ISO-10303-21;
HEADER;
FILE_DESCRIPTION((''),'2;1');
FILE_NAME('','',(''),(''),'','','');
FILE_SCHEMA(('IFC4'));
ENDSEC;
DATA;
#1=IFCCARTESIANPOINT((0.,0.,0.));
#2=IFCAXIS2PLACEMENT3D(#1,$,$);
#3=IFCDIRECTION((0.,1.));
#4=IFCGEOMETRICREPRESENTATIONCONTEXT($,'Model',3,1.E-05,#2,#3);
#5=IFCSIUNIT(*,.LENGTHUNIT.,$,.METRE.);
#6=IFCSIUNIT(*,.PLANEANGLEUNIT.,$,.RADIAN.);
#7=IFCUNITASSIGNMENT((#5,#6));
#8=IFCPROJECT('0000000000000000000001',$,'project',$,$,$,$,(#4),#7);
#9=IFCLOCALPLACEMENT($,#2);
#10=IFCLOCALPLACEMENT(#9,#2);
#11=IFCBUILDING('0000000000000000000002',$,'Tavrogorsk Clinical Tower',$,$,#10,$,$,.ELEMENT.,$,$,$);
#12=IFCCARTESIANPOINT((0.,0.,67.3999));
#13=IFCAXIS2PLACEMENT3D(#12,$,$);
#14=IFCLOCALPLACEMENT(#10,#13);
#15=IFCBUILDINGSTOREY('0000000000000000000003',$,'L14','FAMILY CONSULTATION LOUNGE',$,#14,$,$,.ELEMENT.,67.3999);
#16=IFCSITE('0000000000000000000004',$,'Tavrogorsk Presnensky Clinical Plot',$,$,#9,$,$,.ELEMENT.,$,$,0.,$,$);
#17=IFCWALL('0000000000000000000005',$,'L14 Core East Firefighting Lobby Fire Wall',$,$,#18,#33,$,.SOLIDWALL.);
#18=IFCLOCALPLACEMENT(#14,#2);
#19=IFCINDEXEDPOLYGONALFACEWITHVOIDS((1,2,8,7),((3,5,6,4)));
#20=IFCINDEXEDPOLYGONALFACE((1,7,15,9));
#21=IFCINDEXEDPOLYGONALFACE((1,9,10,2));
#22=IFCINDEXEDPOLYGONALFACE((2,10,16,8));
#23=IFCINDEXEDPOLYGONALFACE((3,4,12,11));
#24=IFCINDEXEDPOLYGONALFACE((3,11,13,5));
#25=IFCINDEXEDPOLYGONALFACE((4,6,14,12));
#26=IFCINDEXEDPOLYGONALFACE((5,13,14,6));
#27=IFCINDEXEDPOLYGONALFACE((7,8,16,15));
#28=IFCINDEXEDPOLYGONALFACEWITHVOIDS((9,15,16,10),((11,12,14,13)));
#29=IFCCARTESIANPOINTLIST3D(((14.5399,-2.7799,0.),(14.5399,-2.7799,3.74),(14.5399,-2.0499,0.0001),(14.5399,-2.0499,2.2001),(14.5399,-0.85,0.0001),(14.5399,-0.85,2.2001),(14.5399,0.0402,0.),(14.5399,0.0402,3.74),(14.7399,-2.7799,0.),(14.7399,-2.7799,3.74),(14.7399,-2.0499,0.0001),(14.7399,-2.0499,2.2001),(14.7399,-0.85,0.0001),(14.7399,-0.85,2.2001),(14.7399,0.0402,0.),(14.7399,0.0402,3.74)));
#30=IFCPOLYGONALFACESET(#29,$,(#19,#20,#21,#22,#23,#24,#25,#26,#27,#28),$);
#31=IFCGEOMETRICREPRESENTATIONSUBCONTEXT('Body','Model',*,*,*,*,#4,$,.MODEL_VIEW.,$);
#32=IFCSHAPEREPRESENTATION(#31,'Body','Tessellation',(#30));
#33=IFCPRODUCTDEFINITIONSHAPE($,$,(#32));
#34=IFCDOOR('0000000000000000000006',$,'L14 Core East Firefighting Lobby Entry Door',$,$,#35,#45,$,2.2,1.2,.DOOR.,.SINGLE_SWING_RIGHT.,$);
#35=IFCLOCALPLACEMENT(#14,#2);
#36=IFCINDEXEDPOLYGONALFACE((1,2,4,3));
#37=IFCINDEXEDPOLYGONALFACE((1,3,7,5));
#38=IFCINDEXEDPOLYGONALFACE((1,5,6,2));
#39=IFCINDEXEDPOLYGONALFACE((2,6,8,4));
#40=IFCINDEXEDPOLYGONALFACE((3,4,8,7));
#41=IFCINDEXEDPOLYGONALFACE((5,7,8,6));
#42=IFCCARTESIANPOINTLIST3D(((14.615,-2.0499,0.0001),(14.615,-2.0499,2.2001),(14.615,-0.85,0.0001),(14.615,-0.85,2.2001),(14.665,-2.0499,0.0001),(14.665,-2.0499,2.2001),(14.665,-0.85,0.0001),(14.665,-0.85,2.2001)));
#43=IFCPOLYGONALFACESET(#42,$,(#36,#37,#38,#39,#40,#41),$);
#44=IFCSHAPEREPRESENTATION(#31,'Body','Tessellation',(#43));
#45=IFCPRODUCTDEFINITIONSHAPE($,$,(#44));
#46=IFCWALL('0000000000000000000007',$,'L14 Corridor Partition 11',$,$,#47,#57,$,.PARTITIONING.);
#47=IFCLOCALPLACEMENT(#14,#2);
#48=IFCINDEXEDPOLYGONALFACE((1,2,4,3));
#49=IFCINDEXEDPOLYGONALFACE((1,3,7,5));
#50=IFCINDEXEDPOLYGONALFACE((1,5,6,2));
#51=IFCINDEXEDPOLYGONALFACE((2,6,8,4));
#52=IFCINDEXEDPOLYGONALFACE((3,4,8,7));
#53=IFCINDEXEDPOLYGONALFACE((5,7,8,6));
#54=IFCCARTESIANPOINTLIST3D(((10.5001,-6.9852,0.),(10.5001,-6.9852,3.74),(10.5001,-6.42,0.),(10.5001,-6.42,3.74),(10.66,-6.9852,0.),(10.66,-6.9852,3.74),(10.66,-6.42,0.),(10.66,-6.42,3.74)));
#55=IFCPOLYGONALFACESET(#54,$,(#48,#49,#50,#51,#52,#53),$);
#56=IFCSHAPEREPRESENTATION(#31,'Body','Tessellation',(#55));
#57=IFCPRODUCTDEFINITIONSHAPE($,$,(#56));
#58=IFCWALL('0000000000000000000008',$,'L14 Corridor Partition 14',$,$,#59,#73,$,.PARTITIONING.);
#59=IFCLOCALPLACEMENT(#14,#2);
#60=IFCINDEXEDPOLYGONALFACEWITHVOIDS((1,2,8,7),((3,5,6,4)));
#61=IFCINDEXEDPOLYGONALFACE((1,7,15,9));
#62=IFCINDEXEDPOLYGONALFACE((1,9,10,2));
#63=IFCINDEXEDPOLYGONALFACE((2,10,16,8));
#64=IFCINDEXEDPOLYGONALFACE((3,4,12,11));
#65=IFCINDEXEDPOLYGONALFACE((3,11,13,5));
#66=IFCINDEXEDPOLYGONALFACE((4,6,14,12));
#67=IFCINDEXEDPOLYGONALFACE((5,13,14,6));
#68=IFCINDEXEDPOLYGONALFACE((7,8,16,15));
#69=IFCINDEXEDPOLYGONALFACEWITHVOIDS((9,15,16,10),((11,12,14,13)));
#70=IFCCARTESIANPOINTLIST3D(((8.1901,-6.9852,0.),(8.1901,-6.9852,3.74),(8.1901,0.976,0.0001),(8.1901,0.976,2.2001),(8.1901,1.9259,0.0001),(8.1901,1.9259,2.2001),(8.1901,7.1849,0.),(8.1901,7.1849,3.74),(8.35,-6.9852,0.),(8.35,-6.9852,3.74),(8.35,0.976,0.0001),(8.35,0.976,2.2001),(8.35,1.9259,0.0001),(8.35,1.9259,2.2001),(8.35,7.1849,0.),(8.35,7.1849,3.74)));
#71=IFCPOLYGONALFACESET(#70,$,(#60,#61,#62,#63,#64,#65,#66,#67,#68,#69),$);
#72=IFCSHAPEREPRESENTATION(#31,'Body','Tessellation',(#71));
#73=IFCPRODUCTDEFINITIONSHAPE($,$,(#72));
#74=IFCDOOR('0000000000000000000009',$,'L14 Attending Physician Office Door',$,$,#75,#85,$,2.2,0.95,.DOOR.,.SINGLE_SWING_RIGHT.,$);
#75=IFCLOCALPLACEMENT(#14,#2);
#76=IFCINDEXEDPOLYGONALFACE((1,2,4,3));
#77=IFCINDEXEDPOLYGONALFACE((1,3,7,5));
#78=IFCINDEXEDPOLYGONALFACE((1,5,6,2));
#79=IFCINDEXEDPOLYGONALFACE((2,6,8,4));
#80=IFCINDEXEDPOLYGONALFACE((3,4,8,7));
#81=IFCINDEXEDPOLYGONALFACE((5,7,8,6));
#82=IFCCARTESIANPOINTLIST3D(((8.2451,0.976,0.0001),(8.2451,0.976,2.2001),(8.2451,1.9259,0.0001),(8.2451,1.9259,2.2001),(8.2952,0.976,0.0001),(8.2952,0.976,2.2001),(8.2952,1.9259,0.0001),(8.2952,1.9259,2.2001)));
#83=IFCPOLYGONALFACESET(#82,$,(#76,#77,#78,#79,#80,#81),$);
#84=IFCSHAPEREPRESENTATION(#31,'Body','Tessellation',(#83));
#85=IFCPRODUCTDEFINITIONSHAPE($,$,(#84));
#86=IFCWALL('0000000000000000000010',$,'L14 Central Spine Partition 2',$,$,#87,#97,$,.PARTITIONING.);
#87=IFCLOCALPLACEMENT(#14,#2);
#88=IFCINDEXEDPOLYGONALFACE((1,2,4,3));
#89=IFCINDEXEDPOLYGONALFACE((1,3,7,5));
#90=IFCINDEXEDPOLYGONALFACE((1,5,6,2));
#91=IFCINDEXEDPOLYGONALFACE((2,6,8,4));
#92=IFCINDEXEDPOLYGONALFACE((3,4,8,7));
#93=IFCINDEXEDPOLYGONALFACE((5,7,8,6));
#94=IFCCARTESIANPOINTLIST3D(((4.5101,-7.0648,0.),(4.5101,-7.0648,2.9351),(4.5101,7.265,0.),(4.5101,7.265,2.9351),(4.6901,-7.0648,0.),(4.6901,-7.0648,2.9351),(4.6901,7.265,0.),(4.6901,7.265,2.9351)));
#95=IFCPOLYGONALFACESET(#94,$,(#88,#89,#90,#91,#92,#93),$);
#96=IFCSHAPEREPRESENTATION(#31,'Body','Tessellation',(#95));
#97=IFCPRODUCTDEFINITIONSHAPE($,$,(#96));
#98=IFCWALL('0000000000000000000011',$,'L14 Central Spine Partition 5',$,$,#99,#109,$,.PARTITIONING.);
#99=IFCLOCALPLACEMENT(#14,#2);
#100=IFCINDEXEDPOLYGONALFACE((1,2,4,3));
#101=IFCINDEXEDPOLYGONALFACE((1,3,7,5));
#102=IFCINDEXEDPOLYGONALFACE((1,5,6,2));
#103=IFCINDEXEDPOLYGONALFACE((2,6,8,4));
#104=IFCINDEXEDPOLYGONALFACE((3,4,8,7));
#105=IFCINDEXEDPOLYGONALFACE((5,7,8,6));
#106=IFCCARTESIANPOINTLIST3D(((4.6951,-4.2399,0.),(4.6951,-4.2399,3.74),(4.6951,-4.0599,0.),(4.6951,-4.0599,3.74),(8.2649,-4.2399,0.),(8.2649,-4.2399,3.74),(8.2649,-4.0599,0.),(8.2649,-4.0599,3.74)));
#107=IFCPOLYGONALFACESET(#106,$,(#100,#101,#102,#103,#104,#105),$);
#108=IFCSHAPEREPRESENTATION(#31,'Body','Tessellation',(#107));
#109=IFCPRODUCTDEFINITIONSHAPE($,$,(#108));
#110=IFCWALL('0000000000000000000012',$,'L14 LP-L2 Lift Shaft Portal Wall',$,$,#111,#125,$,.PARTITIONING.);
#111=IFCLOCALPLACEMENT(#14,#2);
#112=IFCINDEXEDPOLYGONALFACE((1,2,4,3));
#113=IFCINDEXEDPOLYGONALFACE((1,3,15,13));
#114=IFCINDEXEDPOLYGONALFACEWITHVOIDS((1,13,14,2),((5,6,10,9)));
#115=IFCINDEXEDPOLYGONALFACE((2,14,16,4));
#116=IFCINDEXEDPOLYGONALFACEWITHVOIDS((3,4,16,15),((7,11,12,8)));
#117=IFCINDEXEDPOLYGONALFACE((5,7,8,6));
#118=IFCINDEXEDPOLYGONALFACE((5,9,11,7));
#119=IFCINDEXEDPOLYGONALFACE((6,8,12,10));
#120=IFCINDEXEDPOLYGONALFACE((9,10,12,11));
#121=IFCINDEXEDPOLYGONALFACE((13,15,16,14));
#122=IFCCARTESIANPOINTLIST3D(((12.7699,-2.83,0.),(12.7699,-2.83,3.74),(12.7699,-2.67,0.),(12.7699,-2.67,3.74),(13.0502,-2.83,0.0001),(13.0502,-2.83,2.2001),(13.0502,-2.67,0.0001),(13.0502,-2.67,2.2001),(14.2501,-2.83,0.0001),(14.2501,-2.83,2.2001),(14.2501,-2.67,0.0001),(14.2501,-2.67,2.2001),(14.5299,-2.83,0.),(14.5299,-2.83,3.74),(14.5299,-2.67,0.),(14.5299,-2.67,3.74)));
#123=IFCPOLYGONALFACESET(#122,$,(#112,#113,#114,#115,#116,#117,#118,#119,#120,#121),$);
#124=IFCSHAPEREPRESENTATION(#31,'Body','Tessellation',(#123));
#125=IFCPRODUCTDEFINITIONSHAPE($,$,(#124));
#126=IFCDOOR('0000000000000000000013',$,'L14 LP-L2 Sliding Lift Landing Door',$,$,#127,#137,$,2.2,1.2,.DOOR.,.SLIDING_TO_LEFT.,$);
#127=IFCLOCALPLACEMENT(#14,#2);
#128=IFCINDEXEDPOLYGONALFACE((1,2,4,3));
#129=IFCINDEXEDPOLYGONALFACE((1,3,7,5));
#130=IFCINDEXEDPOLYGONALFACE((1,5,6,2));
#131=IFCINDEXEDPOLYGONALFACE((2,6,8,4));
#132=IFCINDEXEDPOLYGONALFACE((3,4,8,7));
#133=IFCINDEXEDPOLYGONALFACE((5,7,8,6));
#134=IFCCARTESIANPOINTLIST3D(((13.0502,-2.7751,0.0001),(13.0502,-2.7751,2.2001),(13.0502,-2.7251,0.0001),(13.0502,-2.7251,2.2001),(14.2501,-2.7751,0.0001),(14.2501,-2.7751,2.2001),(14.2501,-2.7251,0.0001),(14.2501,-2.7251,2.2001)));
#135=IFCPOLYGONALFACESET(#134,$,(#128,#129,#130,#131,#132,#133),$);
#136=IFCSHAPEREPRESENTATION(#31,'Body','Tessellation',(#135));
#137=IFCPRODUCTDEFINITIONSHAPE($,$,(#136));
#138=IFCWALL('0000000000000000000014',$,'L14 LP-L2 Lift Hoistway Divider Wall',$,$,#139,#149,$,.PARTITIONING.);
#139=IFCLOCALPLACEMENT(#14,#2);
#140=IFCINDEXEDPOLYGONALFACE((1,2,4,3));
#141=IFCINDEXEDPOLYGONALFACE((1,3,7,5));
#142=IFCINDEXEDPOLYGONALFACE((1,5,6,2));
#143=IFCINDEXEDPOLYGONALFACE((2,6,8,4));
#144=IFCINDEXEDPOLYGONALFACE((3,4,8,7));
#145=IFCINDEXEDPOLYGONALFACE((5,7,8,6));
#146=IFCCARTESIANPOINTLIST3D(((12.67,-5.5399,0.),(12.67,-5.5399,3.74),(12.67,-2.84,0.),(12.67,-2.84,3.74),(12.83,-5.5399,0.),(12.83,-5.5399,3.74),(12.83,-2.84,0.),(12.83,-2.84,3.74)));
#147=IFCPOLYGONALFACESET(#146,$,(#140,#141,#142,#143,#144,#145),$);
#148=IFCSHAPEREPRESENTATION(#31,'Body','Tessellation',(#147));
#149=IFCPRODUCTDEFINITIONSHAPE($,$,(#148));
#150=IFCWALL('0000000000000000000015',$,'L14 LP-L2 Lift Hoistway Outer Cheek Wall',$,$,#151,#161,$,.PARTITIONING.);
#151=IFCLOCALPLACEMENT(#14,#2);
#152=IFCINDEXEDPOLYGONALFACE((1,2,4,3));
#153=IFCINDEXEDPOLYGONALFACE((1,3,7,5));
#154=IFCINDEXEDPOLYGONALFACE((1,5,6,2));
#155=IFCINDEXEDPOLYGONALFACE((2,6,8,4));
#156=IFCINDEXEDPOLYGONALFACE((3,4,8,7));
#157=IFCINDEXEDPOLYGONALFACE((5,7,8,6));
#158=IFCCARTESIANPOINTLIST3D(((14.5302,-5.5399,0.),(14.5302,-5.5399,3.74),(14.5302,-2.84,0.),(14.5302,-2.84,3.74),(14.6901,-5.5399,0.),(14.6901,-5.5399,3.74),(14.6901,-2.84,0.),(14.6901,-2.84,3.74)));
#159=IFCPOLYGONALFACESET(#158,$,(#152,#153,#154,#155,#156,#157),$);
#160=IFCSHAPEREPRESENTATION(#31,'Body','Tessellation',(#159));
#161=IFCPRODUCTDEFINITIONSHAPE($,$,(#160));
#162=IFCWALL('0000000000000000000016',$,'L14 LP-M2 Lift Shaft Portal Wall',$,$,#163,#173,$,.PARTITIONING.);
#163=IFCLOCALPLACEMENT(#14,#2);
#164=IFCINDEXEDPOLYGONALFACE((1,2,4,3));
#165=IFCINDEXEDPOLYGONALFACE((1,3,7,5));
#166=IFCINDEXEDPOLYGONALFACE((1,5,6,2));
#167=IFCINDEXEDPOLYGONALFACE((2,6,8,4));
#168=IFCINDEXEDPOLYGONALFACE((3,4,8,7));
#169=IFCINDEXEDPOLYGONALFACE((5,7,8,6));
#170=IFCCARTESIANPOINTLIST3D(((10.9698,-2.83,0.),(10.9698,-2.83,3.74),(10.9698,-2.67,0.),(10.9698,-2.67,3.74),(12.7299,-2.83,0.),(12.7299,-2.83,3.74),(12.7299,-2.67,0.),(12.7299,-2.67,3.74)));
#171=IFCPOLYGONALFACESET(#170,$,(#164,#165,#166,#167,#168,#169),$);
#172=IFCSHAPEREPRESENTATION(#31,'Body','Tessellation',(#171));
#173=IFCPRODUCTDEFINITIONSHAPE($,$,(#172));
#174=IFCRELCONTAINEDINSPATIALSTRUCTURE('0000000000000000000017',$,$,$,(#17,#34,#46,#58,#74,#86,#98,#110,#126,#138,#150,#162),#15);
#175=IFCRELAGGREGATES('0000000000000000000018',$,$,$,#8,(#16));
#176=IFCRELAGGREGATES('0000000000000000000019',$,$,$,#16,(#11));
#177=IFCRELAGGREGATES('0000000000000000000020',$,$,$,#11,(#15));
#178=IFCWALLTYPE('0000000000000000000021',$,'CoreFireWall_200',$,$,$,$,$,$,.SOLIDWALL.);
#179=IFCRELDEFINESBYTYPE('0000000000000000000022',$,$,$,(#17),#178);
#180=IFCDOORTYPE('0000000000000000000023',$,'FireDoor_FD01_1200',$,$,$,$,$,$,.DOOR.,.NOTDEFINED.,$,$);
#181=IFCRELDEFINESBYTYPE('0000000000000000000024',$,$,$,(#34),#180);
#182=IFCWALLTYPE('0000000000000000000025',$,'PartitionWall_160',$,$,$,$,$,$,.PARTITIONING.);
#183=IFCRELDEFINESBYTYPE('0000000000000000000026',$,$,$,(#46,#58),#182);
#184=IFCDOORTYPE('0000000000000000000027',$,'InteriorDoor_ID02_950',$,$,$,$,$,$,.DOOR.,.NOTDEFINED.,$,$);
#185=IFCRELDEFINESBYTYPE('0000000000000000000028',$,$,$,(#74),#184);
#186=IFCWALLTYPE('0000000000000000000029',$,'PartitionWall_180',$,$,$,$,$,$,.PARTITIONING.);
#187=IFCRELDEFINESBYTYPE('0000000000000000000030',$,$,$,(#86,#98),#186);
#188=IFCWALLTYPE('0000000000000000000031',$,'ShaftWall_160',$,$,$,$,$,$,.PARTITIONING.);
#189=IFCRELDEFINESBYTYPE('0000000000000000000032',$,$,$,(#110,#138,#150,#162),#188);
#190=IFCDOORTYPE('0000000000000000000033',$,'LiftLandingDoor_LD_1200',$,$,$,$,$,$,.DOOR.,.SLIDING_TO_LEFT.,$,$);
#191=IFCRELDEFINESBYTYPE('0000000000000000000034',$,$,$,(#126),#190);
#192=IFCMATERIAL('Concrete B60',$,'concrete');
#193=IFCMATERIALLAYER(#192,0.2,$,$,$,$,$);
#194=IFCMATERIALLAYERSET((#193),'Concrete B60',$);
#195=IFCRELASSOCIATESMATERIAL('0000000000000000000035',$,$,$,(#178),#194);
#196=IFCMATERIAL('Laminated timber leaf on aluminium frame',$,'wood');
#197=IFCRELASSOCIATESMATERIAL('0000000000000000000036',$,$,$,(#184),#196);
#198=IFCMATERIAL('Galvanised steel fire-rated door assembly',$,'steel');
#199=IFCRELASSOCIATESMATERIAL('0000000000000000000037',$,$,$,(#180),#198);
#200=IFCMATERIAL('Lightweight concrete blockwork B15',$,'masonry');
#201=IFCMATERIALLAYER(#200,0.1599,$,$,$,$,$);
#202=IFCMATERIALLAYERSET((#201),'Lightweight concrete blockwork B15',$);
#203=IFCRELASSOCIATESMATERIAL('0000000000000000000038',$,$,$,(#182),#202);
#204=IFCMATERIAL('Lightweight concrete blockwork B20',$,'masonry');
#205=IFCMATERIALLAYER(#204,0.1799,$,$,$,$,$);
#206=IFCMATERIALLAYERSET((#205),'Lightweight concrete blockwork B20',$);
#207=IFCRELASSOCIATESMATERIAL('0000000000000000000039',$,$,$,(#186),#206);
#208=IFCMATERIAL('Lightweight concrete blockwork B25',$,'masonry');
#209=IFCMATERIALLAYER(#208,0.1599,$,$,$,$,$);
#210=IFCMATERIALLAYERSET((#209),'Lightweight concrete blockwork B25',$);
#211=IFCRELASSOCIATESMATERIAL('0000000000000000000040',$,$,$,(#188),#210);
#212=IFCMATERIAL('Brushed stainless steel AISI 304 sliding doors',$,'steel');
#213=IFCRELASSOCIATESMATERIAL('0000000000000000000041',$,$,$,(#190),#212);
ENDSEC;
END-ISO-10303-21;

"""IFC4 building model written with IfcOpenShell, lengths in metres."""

from ifc_helpers import new_model, si_unit, direction, frame, frame_2d, origin, place, context, subcontext, project, spatial, rectangle, extrude, material, layer, layer_set, type_object, element, fill, save


model = new_model("IFC4")

# Units and contexts
model_context = context("Model", 3, precision=1e-05, world=origin(), true_north=direction((0.0, 1.0)))
body_context = subcontext(model_context, "Body", "Model", "MODEL_VIEW")
ifc_project = project(units=[si_unit("LENGTHUNIT", "METRE"), si_unit("PLANEANGLEUNIT", "RADIAN")], contexts=[model_context])

# Site, building, storey
site_placement = place(None, origin())
site = spatial("IfcSite", under=ifc_project, at=site_placement, Name="Tavrogorsk Presnensky Clinical Plot", CompositionType="ELEMENT", RefElevation=0.0)
building_placement = place(site_placement, origin())
building = spatial("IfcBuilding", under=site, at=building_placement, Name="Tavrogorsk Clinical Tower", CompositionType="ELEMENT")
storey_placement = place(building_placement, frame((0.0, 0.0, 67.3999)))
storey = spatial("IfcBuildingStorey", under=building, at=storey_placement, Name="L14", Description="FAMILY CONSULTATION LOUNGE", CompositionType="ELEMENT", Elevation=67.3999)

# Wall, opening, door
ifc_material_1 = material(Name="Concrete B60", Category="concrete")
ifc_layer_1 = layer(ifc_material_1, 0.2)
ifc_layer_set_1 = layer_set([ifc_layer_1], Name="Concrete B60")
wall_type_1 = type_object("IfcWallType", Name="CoreFireWall_200", PredefinedType="SOLIDWALL", material=ifc_layer_set_1)
ifc_material_2 = material(Name="Laminated timber leaf on aluminium frame", Category="wood")
door_type_1 = type_object("IfcDoorType", Name="InteriorDoor_ID02_950", OperationType="NOTDEFINED", PredefinedType="DOOR", material=ifc_material_2)
wall_1_placement = place(storey_placement, frame((14.6399, -2.78, 0.0), z_axis=(0.0, 0.0, 1.0), x_axis=(0.0, 1.0, 0.0)))
wall_1 = element("IfcWall", 1, at=wall_1_placement, inside=storey, type_object=wall_type_1, Name="L14 Core East Firefighting Lobby Fire Wall", PredefinedType="SOLIDWALL", context=body_context, shape_type="SweptSolid", body=[
    extrude(rectangle(XDim=2.8201, YDim=0.2, at=frame_2d((1.4102, 0.0))), origin(), (0.0, 0.0, 1.0), 3.74),
])
opening_1_placement = place(wall_1_placement, frame((0.73, 0.0, 0.0)))
opening_1 = element("IfcOpeningElement", 2, at=opening_1_placement, cuts=wall_1, PredefinedType="OPENING", context=body_context, shape_type="SweptSolid", body=[
    extrude(rectangle(XDim=1.2, YDim=2.2, at=frame_2d((0.6001, 1.1001))), frame((0.0, 0.1099, 0.0), z_axis=(0.0, -1.0, 0.0), x_axis=(1.0, 0.0, 0.0)), (0.0, 0.0, 1.0), 0.22),
])
ifc_material_3 = material(Name="Galvanised steel fire-rated door assembly", Category="steel")
door_type_2 = type_object("IfcDoorType", Name="FireDoor_FD01_1200", OperationType="NOTDEFINED", PredefinedType="DOOR", material=ifc_material_3)
door_1_placement = place(opening_1_placement, origin())
door_1 = element("IfcDoor", 3, at=door_1_placement, inside=storey, type_object=door_type_2, Name="L14 Core East Firefighting Lobby Entry Door", OperationType="SINGLE_SWING_RIGHT", OverallHeight=2.2, OverallWidth=1.2, PredefinedType="DOOR", context=body_context, shape_type="SweptSolid", body=[
    extrude(rectangle(XDim=1.2, YDim=2.2, at=frame_2d((0.6001, 1.1001))), frame((0.0, 0.0249, 0.0), z_axis=(0.0, -1.0, 0.0), x_axis=(1.0, 0.0, 0.0)), (0.0, 0.0, 1.0), 0.05),
])
fill(opening_1, door_1)

# Wall
ifc_material_4 = material(Name="Lightweight concrete blockwork B15", Category="masonry")
ifc_layer_2 = layer(ifc_material_4, 0.1599)
ifc_layer_set_2 = layer_set([ifc_layer_2], Name="Lightweight concrete blockwork B15")
wall_type_2 = type_object("IfcWallType", Name="PartitionWall_160", PredefinedType="PARTITIONING", material=ifc_layer_set_2)
wall_2_placement = place(storey_placement, frame((10.5801, -6.4199, 0.0), z_axis=(0.0, 0.0, 1.0), x_axis=(0.0, -1.0, 0.0)))
element("IfcWall", 4, at=wall_2_placement, inside=storey, type_object=wall_type_2, Name="L14 Corridor Partition 11", PredefinedType="PARTITIONING", context=body_context, shape_type="SweptSolid", body=[
    extrude(rectangle(XDim=0.5652, YDim=0.1599, at=frame_2d((0.2827, 0.0))), origin(), (0.0, 0.0, 1.0), 3.74),
])

# Wall, opening, door
wall_3_placement = place(storey_placement, frame((8.27, -6.9851, 0.0), z_axis=(0.0, 0.0, 1.0), x_axis=(0.0, 1.0, 0.0)))
wall_3 = element("IfcWall", 5, at=wall_3_placement, inside=storey, type_object=wall_type_2, Name="L14 Corridor Partition 14", PredefinedType="PARTITIONING", context=body_context, shape_type="SweptSolid", body=[
    extrude(rectangle(XDim=14.1702, YDim=0.1599, at=frame_2d((7.085, 0.0))), origin(), (0.0, 0.0, 1.0), 3.74),
])
opening_2_placement = place(wall_3_placement, frame((7.9609, 0.0, 0.0)))
opening_2 = element("IfcOpeningElement", 6, at=opening_2_placement, cuts=wall_3, PredefinedType="OPENING", context=body_context, shape_type="SweptSolid", body=[
    extrude(rectangle(XDim=0.95, YDim=2.2, at=frame_2d((0.4751, 1.1001))), frame((0.0, 0.0898, 0.0), z_axis=(0.0, -1.0, 0.0), x_axis=(1.0, 0.0, 0.0)), (0.0, 0.0, 1.0), 0.1799),
])
door_2_placement = place(opening_2_placement, origin())
door_2 = element("IfcDoor", 7, at=door_2_placement, inside=storey, type_object=door_type_1, Name="L14 Attending Physician Office Door", OperationType="SINGLE_SWING_RIGHT", OverallHeight=2.2, OverallWidth=0.95, PredefinedType="DOOR", context=body_context, shape_type="SweptSolid", body=[
    extrude(rectangle(XDim=0.95, YDim=2.2, at=frame_2d((0.4751, 1.1001))), frame((0.0, 0.0249, 0.0), z_axis=(0.0, -1.0, 0.0), x_axis=(1.0, 0.0, 0.0)), (0.0, 0.0, 1.0), 0.05),
])
fill(opening_2, door_2)

# Walls
ifc_material_5 = material(Name="Lightweight concrete blockwork B20", Category="masonry")
ifc_layer_3 = layer(ifc_material_5, 0.1799)
ifc_layer_set_3 = layer_set([ifc_layer_3], Name="Lightweight concrete blockwork B20")
wall_type_3 = type_object("IfcWallType", Name="PartitionWall_180", PredefinedType="PARTITIONING", material=ifc_layer_set_3)
wall_4_placement = place(storey_placement, frame((4.6001, -7.0649, 0.0), z_axis=(0.0, 0.0, 1.0), x_axis=(0.0, 1.0, 0.0)))
element("IfcWall", 8, at=wall_4_placement, inside=storey, type_object=wall_type_3, Name="L14 Central Spine Partition 2", PredefinedType="PARTITIONING", context=body_context, shape_type="SweptSolid", body=[
    extrude(rectangle(XDim=14.3298, YDim=0.1799, at=frame_2d((7.165, 0.0))), origin(), (0.0, 0.0, 1.0), 2.9351),
])
wall_5_placement = place(storey_placement, frame((4.6951, -4.1499, 0.0), z_axis=(0.0, 0.0, 1.0), x_axis=(1.0, 0.0, 0.0)))
element("IfcWall", 9, at=wall_5_placement, inside=storey, type_object=wall_type_3, Name="L14 Central Spine Partition 5", PredefinedType="PARTITIONING", context=body_context, shape_type="SweptSolid", body=[
    extrude(rectangle(XDim=3.5698, YDim=0.1799, at=frame_2d((1.7849, 0.0))), origin(), (0.0, 0.0, 1.0), 3.74),
])

# Wall, opening, door
ifc_material_6 = material(Name="Lightweight concrete blockwork B25", Category="masonry")
ifc_layer_4 = layer(ifc_material_6, 0.1599)
ifc_layer_set_4 = layer_set([ifc_layer_4], Name="Lightweight concrete blockwork B25")
wall_type_4 = type_object("IfcWallType", Name="ShaftWall_160", PredefinedType="PARTITIONING", material=ifc_layer_set_4)
wall_6_placement = place(storey_placement, frame((12.77, -2.75, 0.0), z_axis=(0.0, 0.0, 1.0), x_axis=(1.0, 0.0, 0.0)))
wall_6 = element("IfcWall", 10, at=wall_6_placement, inside=storey, type_object=wall_type_4, Name="L14 LP-L2 Lift Shaft Portal Wall", PredefinedType="PARTITIONING", context=body_context, shape_type="SweptSolid", body=[
    extrude(rectangle(XDim=1.76, YDim=0.1599, at=frame_2d((0.8799, 0.0))), origin(), (0.0, 0.0, 1.0), 3.74),
])
opening_3_placement = place(wall_6_placement, frame((0.28, 0.0, 0.0)))
opening_3 = element("IfcOpeningElement", 11, at=opening_3_placement, cuts=wall_6, PredefinedType="OPENING", context=body_context, shape_type="SweptSolid", body=[
    extrude(rectangle(XDim=1.2, YDim=2.2, at=frame_2d((0.6001, 1.1001))), frame((0.0, 0.0898, 0.0), z_axis=(0.0, -1.0, 0.0), x_axis=(1.0, 0.0, 0.0)), (0.0, 0.0, 1.0), 0.1799),
])
ifc_material_7 = material(Name="Brushed stainless steel AISI 304 sliding doors", Category="steel")
door_type_3 = type_object("IfcDoorType", Name="LiftLandingDoor_LD_1200", OperationType="SLIDING_TO_LEFT", PredefinedType="DOOR", material=ifc_material_7)
door_3_placement = place(opening_3_placement, origin())
door_3 = element("IfcDoor", 12, at=door_3_placement, inside=storey, type_object=door_type_3, Name="L14 LP-L2 Sliding Lift Landing Door", OperationType="SLIDING_TO_LEFT", OverallHeight=2.2, OverallWidth=1.2, PredefinedType="DOOR", context=body_context, shape_type="SweptSolid", body=[
    extrude(rectangle(XDim=1.2, YDim=2.2, at=frame_2d((0.6001, 1.1001))), frame((0.0, 0.0249, 0.0), z_axis=(0.0, -1.0, 0.0), x_axis=(1.0, 0.0, 0.0)), (0.0, 0.0, 1.0), 0.05),
])
fill(opening_3, door_3)

# Walls
for number, where, z_axis, x_axis, name in (
    (13, (12.75, -5.54, 0.0), (0.0, 0.0, 1.0), (0.0, 1.0, 0.0), "L14 LP-L2 Lift Hoistway Divider Wall"),
    (14, (14.6101, -5.54, 0.0), (0.0, 0.0, 1.0), (0.0, 1.0, 0.0), "L14 LP-L2 Lift Hoistway Outer Cheek Wall"),
):
    element("IfcWall", number, at=place(storey_placement, frame(where, z_axis=z_axis, x_axis=x_axis)), inside=storey, type_object=wall_type_4, Name=name, PredefinedType="PARTITIONING", context=body_context, shape_type="SweptSolid", body=[
        extrude(rectangle(XDim=2.7, YDim=0.1599, at=frame_2d((1.3501, 0.0))), origin(), (0.0, 0.0, 1.0), 3.74),
    ])
wall_7_placement = place(storey_placement, frame((10.97, -2.75, 0.0), z_axis=(0.0, 0.0, 1.0), x_axis=(1.0, 0.0, 0.0)))
element("IfcWall", 15, at=wall_7_placement, inside=storey, type_object=wall_type_4, Name="L14 LP-M2 Lift Shaft Portal Wall", PredefinedType="PARTITIONING", context=body_context, shape_type="SweptSolid", body=[
    extrude(rectangle(XDim=1.76, YDim=0.1599, at=frame_2d((0.8799, 0.0))), origin(), (0.0, 0.0, 1.0), 3.74),
])

save(model, "model.ifc")
